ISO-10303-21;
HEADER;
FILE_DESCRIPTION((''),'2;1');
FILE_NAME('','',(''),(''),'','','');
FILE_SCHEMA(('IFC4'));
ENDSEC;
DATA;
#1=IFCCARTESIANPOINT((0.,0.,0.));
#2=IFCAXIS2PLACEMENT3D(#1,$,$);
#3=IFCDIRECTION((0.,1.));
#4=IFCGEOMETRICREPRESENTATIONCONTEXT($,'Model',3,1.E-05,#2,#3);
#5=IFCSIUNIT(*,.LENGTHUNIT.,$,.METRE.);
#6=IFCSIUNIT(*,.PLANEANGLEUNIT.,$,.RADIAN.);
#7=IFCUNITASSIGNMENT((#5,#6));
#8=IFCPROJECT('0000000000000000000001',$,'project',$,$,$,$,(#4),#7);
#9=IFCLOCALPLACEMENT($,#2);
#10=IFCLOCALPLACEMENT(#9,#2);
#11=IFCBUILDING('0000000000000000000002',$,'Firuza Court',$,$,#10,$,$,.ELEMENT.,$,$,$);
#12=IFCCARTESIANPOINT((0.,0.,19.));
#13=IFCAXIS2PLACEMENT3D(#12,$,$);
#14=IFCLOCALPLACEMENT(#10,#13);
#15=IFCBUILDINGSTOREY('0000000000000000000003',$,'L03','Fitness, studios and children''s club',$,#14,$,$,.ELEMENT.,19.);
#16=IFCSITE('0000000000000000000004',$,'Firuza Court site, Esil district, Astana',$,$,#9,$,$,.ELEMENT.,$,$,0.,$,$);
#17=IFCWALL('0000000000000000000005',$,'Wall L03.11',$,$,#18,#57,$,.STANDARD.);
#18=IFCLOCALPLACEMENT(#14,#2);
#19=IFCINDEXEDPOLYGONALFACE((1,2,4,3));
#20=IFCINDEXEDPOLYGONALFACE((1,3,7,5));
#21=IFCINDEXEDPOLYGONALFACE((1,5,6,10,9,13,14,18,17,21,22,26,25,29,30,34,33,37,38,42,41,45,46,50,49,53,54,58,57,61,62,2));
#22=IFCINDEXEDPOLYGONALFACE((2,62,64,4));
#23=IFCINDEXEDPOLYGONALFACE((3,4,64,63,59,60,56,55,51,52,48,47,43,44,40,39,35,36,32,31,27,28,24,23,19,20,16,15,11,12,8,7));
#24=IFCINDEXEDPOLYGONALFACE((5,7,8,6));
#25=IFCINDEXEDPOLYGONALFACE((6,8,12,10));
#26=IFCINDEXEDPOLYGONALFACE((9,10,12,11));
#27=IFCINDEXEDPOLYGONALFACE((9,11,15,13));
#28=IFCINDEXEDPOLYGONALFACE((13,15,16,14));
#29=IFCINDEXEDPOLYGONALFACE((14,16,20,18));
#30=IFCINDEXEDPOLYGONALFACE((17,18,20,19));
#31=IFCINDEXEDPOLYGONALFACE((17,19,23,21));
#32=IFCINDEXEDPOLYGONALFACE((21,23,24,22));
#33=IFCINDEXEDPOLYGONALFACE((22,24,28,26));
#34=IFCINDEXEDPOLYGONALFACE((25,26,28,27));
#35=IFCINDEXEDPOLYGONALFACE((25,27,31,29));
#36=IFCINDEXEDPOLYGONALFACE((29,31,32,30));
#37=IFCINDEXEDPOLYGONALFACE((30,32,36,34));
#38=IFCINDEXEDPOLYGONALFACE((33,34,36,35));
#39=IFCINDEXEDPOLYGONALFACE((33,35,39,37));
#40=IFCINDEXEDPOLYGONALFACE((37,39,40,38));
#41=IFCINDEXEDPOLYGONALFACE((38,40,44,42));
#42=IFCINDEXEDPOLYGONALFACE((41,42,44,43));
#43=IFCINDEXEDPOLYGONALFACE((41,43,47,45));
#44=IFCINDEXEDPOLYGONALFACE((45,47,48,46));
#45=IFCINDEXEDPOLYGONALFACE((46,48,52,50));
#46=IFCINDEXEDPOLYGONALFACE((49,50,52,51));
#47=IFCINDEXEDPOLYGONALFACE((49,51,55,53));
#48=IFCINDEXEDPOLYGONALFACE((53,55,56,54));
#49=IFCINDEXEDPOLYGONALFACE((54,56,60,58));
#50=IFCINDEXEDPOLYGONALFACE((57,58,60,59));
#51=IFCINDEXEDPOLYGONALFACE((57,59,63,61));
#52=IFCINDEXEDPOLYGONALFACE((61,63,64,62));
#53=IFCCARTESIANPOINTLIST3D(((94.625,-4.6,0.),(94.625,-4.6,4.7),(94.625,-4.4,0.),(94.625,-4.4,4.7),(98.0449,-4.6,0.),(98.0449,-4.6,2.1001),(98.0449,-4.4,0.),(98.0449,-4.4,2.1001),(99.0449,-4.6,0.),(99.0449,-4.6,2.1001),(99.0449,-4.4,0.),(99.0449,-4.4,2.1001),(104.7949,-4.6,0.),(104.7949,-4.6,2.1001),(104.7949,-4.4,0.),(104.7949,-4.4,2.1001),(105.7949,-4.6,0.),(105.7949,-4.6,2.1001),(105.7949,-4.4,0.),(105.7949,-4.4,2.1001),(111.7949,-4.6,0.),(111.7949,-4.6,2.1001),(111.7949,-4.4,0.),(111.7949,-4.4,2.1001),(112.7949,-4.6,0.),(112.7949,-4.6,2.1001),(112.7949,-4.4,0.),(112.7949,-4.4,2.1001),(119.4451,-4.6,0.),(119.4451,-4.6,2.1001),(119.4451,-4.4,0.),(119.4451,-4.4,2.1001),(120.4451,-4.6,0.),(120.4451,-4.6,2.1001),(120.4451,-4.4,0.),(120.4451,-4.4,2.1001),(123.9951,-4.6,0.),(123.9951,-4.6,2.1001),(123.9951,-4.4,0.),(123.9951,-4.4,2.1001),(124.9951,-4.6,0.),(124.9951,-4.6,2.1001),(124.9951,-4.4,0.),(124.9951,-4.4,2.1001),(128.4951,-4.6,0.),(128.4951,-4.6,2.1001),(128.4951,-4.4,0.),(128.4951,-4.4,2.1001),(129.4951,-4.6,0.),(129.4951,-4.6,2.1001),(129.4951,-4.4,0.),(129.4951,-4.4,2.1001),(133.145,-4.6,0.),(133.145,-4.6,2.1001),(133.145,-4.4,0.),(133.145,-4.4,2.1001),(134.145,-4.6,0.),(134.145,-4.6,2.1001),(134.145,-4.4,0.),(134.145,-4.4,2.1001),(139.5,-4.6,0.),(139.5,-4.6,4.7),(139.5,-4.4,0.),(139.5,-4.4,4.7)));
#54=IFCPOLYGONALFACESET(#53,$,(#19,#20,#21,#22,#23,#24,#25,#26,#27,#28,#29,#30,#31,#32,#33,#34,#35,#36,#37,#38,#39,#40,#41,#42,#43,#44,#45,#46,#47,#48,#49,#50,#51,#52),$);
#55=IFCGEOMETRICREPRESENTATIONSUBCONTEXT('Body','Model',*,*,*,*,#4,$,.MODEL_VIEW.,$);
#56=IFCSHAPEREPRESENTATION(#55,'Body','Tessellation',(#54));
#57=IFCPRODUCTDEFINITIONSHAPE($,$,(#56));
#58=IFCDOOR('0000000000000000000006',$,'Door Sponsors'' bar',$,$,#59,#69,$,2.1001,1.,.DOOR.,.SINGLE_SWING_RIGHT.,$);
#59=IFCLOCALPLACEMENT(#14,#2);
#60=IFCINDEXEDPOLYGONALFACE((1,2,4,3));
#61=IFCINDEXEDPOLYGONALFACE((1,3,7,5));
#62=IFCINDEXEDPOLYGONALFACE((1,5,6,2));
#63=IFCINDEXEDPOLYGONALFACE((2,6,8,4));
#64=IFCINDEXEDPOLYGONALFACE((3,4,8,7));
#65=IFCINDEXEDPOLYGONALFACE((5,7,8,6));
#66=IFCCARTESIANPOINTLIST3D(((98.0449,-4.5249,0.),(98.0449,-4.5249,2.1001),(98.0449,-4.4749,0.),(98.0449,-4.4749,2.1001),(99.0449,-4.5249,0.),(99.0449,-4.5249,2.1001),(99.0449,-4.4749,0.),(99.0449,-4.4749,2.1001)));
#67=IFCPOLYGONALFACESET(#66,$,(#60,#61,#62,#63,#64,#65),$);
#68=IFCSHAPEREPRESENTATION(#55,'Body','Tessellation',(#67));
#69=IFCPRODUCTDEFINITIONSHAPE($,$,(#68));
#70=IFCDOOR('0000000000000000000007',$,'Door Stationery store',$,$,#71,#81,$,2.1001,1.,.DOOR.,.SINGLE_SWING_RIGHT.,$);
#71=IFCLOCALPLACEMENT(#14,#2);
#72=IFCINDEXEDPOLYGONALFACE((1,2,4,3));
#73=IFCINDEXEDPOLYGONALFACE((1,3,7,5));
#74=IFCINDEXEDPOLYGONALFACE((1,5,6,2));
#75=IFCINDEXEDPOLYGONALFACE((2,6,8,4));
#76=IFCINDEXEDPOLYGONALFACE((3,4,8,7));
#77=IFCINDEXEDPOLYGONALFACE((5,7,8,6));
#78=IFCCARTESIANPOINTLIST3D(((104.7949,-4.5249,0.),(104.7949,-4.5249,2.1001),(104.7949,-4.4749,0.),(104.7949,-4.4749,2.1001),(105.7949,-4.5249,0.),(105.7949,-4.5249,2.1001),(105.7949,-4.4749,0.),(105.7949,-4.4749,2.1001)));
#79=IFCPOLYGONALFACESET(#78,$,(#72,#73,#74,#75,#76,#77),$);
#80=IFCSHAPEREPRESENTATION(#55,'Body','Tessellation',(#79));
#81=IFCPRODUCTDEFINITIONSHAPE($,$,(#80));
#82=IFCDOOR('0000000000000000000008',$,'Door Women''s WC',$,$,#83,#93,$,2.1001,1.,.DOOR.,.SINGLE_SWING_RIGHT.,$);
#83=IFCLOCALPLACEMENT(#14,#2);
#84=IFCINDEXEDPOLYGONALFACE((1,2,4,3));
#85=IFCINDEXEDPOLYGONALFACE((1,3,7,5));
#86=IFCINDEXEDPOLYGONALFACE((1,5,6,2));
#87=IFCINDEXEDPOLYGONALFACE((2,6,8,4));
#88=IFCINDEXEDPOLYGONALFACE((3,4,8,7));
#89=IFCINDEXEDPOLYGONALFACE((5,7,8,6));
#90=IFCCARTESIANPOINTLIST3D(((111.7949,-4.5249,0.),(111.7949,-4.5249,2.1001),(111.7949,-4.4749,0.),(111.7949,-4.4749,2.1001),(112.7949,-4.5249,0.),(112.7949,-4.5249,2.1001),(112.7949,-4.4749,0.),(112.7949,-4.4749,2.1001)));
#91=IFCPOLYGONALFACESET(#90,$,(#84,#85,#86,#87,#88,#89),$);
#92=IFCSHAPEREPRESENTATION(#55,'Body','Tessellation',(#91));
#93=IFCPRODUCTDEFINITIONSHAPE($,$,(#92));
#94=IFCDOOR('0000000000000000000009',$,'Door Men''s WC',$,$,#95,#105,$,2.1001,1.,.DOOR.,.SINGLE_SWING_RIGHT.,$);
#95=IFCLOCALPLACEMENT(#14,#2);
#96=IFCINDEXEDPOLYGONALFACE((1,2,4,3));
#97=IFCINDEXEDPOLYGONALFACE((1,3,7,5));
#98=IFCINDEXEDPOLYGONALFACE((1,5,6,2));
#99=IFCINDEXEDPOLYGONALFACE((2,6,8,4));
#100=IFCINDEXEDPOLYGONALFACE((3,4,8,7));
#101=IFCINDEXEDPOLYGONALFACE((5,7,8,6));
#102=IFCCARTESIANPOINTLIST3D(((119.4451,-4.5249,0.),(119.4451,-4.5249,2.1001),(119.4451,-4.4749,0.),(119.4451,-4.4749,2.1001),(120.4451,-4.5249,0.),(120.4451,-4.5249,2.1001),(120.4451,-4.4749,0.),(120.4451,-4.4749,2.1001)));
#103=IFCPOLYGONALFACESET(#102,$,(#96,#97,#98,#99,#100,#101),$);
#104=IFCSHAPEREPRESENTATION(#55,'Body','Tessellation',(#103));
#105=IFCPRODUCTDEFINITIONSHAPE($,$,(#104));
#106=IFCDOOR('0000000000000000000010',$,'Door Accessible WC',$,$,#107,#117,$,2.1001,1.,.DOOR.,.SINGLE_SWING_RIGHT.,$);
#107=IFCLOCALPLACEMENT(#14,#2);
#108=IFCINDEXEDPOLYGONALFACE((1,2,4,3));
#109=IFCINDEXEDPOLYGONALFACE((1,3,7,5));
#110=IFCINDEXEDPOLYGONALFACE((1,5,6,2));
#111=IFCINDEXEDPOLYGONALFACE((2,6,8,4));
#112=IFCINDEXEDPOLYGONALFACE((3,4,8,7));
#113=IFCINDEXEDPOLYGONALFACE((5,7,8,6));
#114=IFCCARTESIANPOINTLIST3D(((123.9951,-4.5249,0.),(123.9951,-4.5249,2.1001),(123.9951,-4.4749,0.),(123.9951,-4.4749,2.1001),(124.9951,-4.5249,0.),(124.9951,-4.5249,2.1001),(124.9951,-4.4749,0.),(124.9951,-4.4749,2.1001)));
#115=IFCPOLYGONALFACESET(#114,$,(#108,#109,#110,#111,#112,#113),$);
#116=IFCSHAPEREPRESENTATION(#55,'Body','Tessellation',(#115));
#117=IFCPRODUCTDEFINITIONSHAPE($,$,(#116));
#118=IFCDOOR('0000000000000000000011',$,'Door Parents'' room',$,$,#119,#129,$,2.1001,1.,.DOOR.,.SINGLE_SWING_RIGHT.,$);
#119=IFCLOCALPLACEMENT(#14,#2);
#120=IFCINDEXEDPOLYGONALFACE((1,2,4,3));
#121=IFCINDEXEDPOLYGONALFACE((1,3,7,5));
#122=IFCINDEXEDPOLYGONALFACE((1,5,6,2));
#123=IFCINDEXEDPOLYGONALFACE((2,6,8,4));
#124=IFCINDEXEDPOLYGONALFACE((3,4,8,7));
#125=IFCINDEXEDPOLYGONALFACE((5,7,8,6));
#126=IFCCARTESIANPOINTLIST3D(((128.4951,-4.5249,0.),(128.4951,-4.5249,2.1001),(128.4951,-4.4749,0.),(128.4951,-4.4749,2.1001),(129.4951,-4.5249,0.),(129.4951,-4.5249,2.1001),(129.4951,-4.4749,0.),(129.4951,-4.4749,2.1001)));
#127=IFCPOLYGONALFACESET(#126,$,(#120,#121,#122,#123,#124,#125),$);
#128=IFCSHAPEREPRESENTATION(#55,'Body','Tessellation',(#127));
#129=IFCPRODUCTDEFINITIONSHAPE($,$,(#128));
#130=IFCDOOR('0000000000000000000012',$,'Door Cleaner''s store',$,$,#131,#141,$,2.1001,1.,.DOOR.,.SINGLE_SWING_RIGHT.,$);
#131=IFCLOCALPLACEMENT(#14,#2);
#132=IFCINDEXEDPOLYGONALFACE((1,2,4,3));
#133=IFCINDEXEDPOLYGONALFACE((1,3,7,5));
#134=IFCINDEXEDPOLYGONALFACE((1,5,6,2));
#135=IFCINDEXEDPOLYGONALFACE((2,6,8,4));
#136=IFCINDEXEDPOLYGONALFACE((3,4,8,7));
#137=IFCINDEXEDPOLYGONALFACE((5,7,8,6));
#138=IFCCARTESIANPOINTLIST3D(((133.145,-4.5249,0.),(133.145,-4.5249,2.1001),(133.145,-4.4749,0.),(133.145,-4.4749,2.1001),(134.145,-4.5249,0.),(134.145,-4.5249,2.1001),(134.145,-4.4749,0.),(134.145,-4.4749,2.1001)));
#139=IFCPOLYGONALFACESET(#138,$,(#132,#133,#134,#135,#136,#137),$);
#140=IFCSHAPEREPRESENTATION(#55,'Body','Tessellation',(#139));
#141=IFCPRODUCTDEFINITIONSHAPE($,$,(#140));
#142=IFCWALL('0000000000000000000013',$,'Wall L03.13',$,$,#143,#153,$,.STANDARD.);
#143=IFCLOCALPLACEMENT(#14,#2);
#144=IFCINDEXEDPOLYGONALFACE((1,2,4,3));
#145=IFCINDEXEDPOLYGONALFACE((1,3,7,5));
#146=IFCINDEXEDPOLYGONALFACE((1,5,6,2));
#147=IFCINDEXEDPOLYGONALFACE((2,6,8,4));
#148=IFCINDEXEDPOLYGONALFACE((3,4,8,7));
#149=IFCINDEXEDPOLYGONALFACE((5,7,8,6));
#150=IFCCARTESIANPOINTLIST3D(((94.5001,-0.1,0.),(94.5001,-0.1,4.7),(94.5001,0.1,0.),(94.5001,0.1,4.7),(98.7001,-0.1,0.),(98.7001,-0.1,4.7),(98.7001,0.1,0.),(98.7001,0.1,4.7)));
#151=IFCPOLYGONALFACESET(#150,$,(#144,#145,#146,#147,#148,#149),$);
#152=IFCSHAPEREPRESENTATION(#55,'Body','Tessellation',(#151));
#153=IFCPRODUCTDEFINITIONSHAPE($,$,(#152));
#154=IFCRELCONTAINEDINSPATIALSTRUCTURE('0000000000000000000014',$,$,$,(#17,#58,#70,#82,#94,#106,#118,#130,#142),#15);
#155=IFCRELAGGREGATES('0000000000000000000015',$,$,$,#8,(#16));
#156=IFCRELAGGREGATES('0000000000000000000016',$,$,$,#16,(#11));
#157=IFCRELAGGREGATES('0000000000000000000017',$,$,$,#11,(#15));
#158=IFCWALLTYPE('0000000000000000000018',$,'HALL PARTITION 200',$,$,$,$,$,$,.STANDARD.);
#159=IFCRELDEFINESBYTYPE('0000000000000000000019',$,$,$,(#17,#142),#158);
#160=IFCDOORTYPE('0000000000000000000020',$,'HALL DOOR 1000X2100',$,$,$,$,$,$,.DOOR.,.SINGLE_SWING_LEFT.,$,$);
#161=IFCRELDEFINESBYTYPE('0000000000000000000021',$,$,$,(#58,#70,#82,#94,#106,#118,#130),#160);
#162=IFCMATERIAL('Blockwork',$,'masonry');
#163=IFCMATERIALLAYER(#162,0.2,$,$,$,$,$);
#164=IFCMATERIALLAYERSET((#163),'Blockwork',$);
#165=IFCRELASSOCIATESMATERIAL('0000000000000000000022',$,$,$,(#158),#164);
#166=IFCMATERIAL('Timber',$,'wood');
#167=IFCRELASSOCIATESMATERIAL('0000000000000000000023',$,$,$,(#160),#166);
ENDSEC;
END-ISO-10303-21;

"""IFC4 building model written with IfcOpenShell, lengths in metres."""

from ifc_helpers import new_model, si_unit, direction, frame, frame_2d, origin, place, context, subcontext, project, spatial, rectangle, extrude, material, layer, layer_set, type_object, element, fill, save


model = new_model("IFC4")

# Units and contexts
model_context = context("Model", 3, precision=1e-05, world=origin(), true_north=direction((0.0, 1.0)))
body_context = subcontext(model_context, "Body", "Model", "MODEL_VIEW")
ifc_project = project(units=[si_unit("LENGTHUNIT", "METRE"), si_unit("PLANEANGLEUNIT", "RADIAN")], contexts=[model_context])

# Site, building, storey
site_placement = place(None, origin())
site = spatial("IfcSite", under=ifc_project, at=site_placement, Name="Firuza Court site, Esil district, Astana", CompositionType="ELEMENT", RefElevation=0.0)
building_placement = place(site_placement, origin())
building = spatial("IfcBuilding", under=site, at=building_placement, Name="Firuza Court", CompositionType="ELEMENT")
storey_placement = place(building_placement, frame((0.0, 0.0, 19.0)))
storey = spatial("IfcBuildingStorey", under=building, at=storey_placement, Name="L03", Description="Fitness, studios and children's club", CompositionType="ELEMENT", Elevation=19.0)

# Wall, openings, doors
ifc_material_1 = material(Name="Blockwork", Category="masonry")
ifc_layer_1 = layer(ifc_material_1, 0.2)
ifc_layer_set_1 = layer_set([ifc_layer_1], Name="Blockwork")
wall_type_1 = type_object("IfcWallType", Name="HALL PARTITION 200", PredefinedType="STANDARD", material=ifc_layer_set_1)
wall_1_placement = place(storey_placement, frame((94.625, -4.5, 0.0), z_axis=(0.0, 0.0, 1.0), x_axis=(1.0, 0.0, 0.0)))
wall_1 = element("IfcWall", 1, at=wall_1_placement, inside=storey, type_object=wall_type_1, Name="Wall L03.11", PredefinedType="STANDARD", context=body_context, shape_type="SweptSolid", body=[
    extrude(rectangle(XDim=44.875, YDim=0.2, at=frame_2d((22.4375, 0.0))), origin(), (0.0, 0.0, 1.0), 4.7),
])
opening_1_placement = place(wall_1_placement, frame((3.4199, 0.0, 0.0)))
opening_1 = element("IfcOpeningElement", 2, at=opening_1_placement, cuts=wall_1, PredefinedType="OPENING", context=body_context, shape_type="SweptSolid", body=[
    extrude(rectangle(XDim=1.0, YDim=2.1001, at=frame_2d((0.5, 1.05))), frame((0.0, 0.1118, 0.0), z_axis=(0.0, -1.0, 0.0), x_axis=(1.0, 0.0, 0.0)), (0.0, 0.0, 1.0), 0.2239),
])
opening_2_placement = place(wall_1_placement, frame((10.1699, 0.0, 0.0)))
opening_2 = element("IfcOpeningElement", 3, at=opening_2_placement, cuts=wall_1, PredefinedType="OPENING", context=body_context, shape_type="SweptSolid", body=[
    extrude(rectangle(XDim=1.0, YDim=2.1001, at=frame_2d((0.5, 1.05))), frame((0.0, 0.1118, 0.0), z_axis=(0.0, -1.0, 0.0), x_axis=(1.0, 0.0, 0.0)), (0.0, 0.0, 1.0), 0.2239),
])
opening_3_placement = place(wall_1_placement, frame((17.1699, 0.0, 0.0)))
opening_3 = element("IfcOpeningElement", 4, at=opening_3_placement, cuts=wall_1, PredefinedType="OPENING", context=body_context, shape_type="SweptSolid", body=[
    extrude(rectangle(XDim=1.0, YDim=2.1001, at=frame_2d((0.5, 1.05))), frame((0.0, 0.1118, 0.0), z_axis=(0.0, -1.0, 0.0), x_axis=(1.0, 0.0, 0.0)), (0.0, 0.0, 1.0), 0.2239),
])
opening_4_placement = place(wall_1_placement, frame((24.8201, 0.0, 0.0)))
opening_4 = element("IfcOpeningElement", 5, at=opening_4_placement, cuts=wall_1, PredefinedType="OPENING", context=body_context, shape_type="SweptSolid", body=[
    extrude(rectangle(XDim=1.0, YDim=2.1001, at=frame_2d((0.5, 1.05))), frame((0.0, 0.1118, 0.0), z_axis=(0.0, -1.0, 0.0), x_axis=(1.0, 0.0, 0.0)), (0.0, 0.0, 1.0), 0.2239),
])
opening_5_placement = place(wall_1_placement, frame((29.3701, 0.0, 0.0)))
opening_5 = element("IfcOpeningElement", 6, at=opening_5_placement, cuts=wall_1, PredefinedType="OPENING", context=body_context, shape_type="SweptSolid", body=[
    extrude(rectangle(XDim=1.0, YDim=2.1001, at=frame_2d((0.5, 1.05))), frame((0.0, 0.1118, 0.0), z_axis=(0.0, -1.0, 0.0), x_axis=(1.0, 0.0, 0.0)), (0.0, 0.0, 1.0), 0.2239),
])
opening_6_placement = place(wall_1_placement, frame((33.8701, 0.0, 0.0)))
opening_6 = element("IfcOpeningElement", 7, at=opening_6_placement, cuts=wall_1, PredefinedType="OPENING", context=body_context, shape_type="SweptSolid", body=[
    extrude(rectangle(XDim=1.0, YDim=2.1001, at=frame_2d((0.5, 1.05))), frame((0.0, 0.1118, 0.0), z_axis=(0.0, -1.0, 0.0), x_axis=(1.0, 0.0, 0.0)), (0.0, 0.0, 1.0), 0.2239),
])
opening_7_placement = place(wall_1_placement, frame((38.52, 0.0, 0.0)))
opening_7 = element("IfcOpeningElement", 8, at=opening_7_placement, cuts=wall_1, PredefinedType="OPENING", context=body_context, shape_type="SweptSolid", body=[
    extrude(rectangle(XDim=1.0, YDim=2.1001, at=frame_2d((0.5, 1.05))), frame((0.0, 0.1118, 0.0), z_axis=(0.0, -1.0, 0.0), x_axis=(1.0, 0.0, 0.0)), (0.0, 0.0, 1.0), 0.2239),
])
ifc_material_2 = material(Name="Timber", Category="wood")
door_type_1 = type_object("IfcDoorType", Name="HALL DOOR 1000X2100", OperationType="SINGLE_SWING_LEFT", PredefinedType="DOOR", material=ifc_material_2)
door_1_placement = place(opening_1_placement, frame((1.0, 0.0, 0.0), z_axis=(0.0, 0.0, 1.0), x_axis=(-1.0, 0.0, 0.0)))
door_1 = element("IfcDoor", 9, at=door_1_placement, inside=storey, type_object=door_type_1, Name="Door Sponsors' bar", OperationType="SINGLE_SWING_RIGHT", OverallHeight=2.1001, OverallWidth=1.0, PredefinedType="DOOR", context=body_context, shape_type="SweptSolid", body=[
    extrude(rectangle(XDim=1.0, YDim=2.1001, at=frame_2d((0.5, 1.05))), frame((0.0, 0.0249, 0.0), z_axis=(0.0, -1.0, 0.0), x_axis=(1.0, 0.0, 0.0)), (0.0, 0.0, 1.0), 0.05),
])
fill(opening_1, door_1)
door_2_placement = place(opening_2_placement, frame((1.0, 0.0, 0.0), z_axis=(0.0, 0.0, 1.0), x_axis=(-1.0, 0.0, 0.0)))
door_2 = element("IfcDoor", 10, at=door_2_placement, inside=storey, type_object=door_type_1, Name="Door Stationery store", OperationType="SINGLE_SWING_RIGHT", OverallHeight=2.1001, OverallWidth=1.0, PredefinedType="DOOR", context=body_context, shape_type="SweptSolid", body=[
    extrude(rectangle(XDim=1.0, YDim=2.1001, at=frame_2d((0.5, 1.05))), frame((0.0, 0.0249, 0.0), z_axis=(0.0, -1.0, 0.0), x_axis=(1.0, 0.0, 0.0)), (0.0, 0.0, 1.0), 0.05),
])
fill(opening_2, door_2)
door_3_placement = place(opening_3_placement, frame((1.0, 0.0, 0.0), z_axis=(0.0, 0.0, 1.0), x_axis=(-1.0, 0.0, 0.0)))
door_3 = element("IfcDoor", 11, at=door_3_placement, inside=storey, type_object=door_type_1, Name="Door Women's WC", OperationType="SINGLE_SWING_RIGHT", OverallHeight=2.1001, OverallWidth=1.0, PredefinedType="DOOR", context=body_context, shape_type="SweptSolid", body=[
    extrude(rectangle(XDim=1.0, YDim=2.1001, at=frame_2d((0.5, 1.05))), frame((0.0, 0.0249, 0.0), z_axis=(0.0, -1.0, 0.0), x_axis=(1.0, 0.0, 0.0)), (0.0, 0.0, 1.0), 0.05),
])
fill(opening_3, door_3)
door_4_placement = place(opening_4_placement, frame((1.0, 0.0, 0.0), z_axis=(0.0, 0.0, 1.0), x_axis=(-1.0, 0.0, 0.0)))
door_4 = element("IfcDoor", 12, at=door_4_placement, inside=storey, type_object=door_type_1, Name="Door Men's WC", OperationType="SINGLE_SWING_RIGHT", OverallHeight=2.1001, OverallWidth=1.0, PredefinedType="DOOR", context=body_context, shape_type="SweptSolid", body=[
    extrude(rectangle(XDim=1.0, YDim=2.1001, at=frame_2d((0.5, 1.05))), frame((0.0, 0.0249, 0.0), z_axis=(0.0, -1.0, 0.0), x_axis=(1.0, 0.0, 0.0)), (0.0, 0.0, 1.0), 0.05),
])
fill(opening_4, door_4)
door_5_placement = place(opening_5_placement, frame((1.0, 0.0, 0.0), z_axis=(0.0, 0.0, 1.0), x_axis=(-1.0, 0.0, 0.0)))
door_5 = element("IfcDoor", 13, at=door_5_placement, inside=storey, type_object=door_type_1, Name="Door Accessible WC", OperationType="SINGLE_SWING_RIGHT", OverallHeight=2.1001, OverallWidth=1.0, PredefinedType="DOOR", context=body_context, shape_type="SweptSolid", body=[
    extrude(rectangle(XDim=1.0, YDim=2.1001, at=frame_2d((0.5, 1.05))), frame((0.0, 0.0249, 0.0), z_axis=(0.0, -1.0, 0.0), x_axis=(1.0, 0.0, 0.0)), (0.0, 0.0, 1.0), 0.05),
])
fill(opening_5, door_5)
door_6_placement = place(opening_6_placement, frame((1.0, 0.0, 0.0), z_axis=(0.0, 0.0, 1.0), x_axis=(-1.0, 0.0, 0.0)))
door_6 = element("IfcDoor", 14, at=door_6_placement, inside=storey, type_object=door_type_1, Name="Door Parents' room", OperationType="SINGLE_SWING_RIGHT", OverallHeight=2.1001, OverallWidth=1.0, PredefinedType="DOOR", context=body_context, shape_type="SweptSolid", body=[
    extrude(rectangle(XDim=1.0, YDim=2.1001, at=frame_2d((0.5, 1.05))), frame((0.0, 0.0249, 0.0), z_axis=(0.0, -1.0, 0.0), x_axis=(1.0, 0.0, 0.0)), (0.0, 0.0, 1.0), 0.05),
])
fill(opening_6, door_6)
door_7_placement = place(opening_7_placement, frame((1.0, 0.0, 0.0), z_axis=(0.0, 0.0, 1.0), x_axis=(-1.0, 0.0, 0.0)))
door_7 = element("IfcDoor", 15, at=door_7_placement, inside=storey, type_object=door_type_1, Name="Door Cleaner's store", OperationType="SINGLE_SWING_RIGHT", OverallHeight=2.1001, OverallWidth=1.0, PredefinedType="DOOR", context=body_context, shape_type="SweptSolid", body=[
    extrude(rectangle(XDim=1.0, YDim=2.1001, at=frame_2d((0.5, 1.05))), frame((0.0, 0.0249, 0.0), z_axis=(0.0, -1.0, 0.0), x_axis=(1.0, 0.0, 0.0)), (0.0, 0.0, 1.0), 0.05),
])
fill(opening_7, door_7)

# Wall
wall_2_placement = place(storey_placement, frame((94.5, 0.0, 0.0), z_axis=(0.0, 0.0, 1.0), x_axis=(1.0, 0.0, 0.0)))
element("IfcWall", 16, at=wall_2_placement, inside=storey, type_object=wall_type_1, Name="Wall L03.13", PredefinedType="STANDARD", context=body_context, shape_type="SweptSolid", body=[
    extrude(rectangle(XDim=4.2, YDim=0.2, at=frame_2d((2.1001, 0.0))), origin(), (0.0, 0.0, 1.0), 4.7),
])

save(model, "model.ifc")
